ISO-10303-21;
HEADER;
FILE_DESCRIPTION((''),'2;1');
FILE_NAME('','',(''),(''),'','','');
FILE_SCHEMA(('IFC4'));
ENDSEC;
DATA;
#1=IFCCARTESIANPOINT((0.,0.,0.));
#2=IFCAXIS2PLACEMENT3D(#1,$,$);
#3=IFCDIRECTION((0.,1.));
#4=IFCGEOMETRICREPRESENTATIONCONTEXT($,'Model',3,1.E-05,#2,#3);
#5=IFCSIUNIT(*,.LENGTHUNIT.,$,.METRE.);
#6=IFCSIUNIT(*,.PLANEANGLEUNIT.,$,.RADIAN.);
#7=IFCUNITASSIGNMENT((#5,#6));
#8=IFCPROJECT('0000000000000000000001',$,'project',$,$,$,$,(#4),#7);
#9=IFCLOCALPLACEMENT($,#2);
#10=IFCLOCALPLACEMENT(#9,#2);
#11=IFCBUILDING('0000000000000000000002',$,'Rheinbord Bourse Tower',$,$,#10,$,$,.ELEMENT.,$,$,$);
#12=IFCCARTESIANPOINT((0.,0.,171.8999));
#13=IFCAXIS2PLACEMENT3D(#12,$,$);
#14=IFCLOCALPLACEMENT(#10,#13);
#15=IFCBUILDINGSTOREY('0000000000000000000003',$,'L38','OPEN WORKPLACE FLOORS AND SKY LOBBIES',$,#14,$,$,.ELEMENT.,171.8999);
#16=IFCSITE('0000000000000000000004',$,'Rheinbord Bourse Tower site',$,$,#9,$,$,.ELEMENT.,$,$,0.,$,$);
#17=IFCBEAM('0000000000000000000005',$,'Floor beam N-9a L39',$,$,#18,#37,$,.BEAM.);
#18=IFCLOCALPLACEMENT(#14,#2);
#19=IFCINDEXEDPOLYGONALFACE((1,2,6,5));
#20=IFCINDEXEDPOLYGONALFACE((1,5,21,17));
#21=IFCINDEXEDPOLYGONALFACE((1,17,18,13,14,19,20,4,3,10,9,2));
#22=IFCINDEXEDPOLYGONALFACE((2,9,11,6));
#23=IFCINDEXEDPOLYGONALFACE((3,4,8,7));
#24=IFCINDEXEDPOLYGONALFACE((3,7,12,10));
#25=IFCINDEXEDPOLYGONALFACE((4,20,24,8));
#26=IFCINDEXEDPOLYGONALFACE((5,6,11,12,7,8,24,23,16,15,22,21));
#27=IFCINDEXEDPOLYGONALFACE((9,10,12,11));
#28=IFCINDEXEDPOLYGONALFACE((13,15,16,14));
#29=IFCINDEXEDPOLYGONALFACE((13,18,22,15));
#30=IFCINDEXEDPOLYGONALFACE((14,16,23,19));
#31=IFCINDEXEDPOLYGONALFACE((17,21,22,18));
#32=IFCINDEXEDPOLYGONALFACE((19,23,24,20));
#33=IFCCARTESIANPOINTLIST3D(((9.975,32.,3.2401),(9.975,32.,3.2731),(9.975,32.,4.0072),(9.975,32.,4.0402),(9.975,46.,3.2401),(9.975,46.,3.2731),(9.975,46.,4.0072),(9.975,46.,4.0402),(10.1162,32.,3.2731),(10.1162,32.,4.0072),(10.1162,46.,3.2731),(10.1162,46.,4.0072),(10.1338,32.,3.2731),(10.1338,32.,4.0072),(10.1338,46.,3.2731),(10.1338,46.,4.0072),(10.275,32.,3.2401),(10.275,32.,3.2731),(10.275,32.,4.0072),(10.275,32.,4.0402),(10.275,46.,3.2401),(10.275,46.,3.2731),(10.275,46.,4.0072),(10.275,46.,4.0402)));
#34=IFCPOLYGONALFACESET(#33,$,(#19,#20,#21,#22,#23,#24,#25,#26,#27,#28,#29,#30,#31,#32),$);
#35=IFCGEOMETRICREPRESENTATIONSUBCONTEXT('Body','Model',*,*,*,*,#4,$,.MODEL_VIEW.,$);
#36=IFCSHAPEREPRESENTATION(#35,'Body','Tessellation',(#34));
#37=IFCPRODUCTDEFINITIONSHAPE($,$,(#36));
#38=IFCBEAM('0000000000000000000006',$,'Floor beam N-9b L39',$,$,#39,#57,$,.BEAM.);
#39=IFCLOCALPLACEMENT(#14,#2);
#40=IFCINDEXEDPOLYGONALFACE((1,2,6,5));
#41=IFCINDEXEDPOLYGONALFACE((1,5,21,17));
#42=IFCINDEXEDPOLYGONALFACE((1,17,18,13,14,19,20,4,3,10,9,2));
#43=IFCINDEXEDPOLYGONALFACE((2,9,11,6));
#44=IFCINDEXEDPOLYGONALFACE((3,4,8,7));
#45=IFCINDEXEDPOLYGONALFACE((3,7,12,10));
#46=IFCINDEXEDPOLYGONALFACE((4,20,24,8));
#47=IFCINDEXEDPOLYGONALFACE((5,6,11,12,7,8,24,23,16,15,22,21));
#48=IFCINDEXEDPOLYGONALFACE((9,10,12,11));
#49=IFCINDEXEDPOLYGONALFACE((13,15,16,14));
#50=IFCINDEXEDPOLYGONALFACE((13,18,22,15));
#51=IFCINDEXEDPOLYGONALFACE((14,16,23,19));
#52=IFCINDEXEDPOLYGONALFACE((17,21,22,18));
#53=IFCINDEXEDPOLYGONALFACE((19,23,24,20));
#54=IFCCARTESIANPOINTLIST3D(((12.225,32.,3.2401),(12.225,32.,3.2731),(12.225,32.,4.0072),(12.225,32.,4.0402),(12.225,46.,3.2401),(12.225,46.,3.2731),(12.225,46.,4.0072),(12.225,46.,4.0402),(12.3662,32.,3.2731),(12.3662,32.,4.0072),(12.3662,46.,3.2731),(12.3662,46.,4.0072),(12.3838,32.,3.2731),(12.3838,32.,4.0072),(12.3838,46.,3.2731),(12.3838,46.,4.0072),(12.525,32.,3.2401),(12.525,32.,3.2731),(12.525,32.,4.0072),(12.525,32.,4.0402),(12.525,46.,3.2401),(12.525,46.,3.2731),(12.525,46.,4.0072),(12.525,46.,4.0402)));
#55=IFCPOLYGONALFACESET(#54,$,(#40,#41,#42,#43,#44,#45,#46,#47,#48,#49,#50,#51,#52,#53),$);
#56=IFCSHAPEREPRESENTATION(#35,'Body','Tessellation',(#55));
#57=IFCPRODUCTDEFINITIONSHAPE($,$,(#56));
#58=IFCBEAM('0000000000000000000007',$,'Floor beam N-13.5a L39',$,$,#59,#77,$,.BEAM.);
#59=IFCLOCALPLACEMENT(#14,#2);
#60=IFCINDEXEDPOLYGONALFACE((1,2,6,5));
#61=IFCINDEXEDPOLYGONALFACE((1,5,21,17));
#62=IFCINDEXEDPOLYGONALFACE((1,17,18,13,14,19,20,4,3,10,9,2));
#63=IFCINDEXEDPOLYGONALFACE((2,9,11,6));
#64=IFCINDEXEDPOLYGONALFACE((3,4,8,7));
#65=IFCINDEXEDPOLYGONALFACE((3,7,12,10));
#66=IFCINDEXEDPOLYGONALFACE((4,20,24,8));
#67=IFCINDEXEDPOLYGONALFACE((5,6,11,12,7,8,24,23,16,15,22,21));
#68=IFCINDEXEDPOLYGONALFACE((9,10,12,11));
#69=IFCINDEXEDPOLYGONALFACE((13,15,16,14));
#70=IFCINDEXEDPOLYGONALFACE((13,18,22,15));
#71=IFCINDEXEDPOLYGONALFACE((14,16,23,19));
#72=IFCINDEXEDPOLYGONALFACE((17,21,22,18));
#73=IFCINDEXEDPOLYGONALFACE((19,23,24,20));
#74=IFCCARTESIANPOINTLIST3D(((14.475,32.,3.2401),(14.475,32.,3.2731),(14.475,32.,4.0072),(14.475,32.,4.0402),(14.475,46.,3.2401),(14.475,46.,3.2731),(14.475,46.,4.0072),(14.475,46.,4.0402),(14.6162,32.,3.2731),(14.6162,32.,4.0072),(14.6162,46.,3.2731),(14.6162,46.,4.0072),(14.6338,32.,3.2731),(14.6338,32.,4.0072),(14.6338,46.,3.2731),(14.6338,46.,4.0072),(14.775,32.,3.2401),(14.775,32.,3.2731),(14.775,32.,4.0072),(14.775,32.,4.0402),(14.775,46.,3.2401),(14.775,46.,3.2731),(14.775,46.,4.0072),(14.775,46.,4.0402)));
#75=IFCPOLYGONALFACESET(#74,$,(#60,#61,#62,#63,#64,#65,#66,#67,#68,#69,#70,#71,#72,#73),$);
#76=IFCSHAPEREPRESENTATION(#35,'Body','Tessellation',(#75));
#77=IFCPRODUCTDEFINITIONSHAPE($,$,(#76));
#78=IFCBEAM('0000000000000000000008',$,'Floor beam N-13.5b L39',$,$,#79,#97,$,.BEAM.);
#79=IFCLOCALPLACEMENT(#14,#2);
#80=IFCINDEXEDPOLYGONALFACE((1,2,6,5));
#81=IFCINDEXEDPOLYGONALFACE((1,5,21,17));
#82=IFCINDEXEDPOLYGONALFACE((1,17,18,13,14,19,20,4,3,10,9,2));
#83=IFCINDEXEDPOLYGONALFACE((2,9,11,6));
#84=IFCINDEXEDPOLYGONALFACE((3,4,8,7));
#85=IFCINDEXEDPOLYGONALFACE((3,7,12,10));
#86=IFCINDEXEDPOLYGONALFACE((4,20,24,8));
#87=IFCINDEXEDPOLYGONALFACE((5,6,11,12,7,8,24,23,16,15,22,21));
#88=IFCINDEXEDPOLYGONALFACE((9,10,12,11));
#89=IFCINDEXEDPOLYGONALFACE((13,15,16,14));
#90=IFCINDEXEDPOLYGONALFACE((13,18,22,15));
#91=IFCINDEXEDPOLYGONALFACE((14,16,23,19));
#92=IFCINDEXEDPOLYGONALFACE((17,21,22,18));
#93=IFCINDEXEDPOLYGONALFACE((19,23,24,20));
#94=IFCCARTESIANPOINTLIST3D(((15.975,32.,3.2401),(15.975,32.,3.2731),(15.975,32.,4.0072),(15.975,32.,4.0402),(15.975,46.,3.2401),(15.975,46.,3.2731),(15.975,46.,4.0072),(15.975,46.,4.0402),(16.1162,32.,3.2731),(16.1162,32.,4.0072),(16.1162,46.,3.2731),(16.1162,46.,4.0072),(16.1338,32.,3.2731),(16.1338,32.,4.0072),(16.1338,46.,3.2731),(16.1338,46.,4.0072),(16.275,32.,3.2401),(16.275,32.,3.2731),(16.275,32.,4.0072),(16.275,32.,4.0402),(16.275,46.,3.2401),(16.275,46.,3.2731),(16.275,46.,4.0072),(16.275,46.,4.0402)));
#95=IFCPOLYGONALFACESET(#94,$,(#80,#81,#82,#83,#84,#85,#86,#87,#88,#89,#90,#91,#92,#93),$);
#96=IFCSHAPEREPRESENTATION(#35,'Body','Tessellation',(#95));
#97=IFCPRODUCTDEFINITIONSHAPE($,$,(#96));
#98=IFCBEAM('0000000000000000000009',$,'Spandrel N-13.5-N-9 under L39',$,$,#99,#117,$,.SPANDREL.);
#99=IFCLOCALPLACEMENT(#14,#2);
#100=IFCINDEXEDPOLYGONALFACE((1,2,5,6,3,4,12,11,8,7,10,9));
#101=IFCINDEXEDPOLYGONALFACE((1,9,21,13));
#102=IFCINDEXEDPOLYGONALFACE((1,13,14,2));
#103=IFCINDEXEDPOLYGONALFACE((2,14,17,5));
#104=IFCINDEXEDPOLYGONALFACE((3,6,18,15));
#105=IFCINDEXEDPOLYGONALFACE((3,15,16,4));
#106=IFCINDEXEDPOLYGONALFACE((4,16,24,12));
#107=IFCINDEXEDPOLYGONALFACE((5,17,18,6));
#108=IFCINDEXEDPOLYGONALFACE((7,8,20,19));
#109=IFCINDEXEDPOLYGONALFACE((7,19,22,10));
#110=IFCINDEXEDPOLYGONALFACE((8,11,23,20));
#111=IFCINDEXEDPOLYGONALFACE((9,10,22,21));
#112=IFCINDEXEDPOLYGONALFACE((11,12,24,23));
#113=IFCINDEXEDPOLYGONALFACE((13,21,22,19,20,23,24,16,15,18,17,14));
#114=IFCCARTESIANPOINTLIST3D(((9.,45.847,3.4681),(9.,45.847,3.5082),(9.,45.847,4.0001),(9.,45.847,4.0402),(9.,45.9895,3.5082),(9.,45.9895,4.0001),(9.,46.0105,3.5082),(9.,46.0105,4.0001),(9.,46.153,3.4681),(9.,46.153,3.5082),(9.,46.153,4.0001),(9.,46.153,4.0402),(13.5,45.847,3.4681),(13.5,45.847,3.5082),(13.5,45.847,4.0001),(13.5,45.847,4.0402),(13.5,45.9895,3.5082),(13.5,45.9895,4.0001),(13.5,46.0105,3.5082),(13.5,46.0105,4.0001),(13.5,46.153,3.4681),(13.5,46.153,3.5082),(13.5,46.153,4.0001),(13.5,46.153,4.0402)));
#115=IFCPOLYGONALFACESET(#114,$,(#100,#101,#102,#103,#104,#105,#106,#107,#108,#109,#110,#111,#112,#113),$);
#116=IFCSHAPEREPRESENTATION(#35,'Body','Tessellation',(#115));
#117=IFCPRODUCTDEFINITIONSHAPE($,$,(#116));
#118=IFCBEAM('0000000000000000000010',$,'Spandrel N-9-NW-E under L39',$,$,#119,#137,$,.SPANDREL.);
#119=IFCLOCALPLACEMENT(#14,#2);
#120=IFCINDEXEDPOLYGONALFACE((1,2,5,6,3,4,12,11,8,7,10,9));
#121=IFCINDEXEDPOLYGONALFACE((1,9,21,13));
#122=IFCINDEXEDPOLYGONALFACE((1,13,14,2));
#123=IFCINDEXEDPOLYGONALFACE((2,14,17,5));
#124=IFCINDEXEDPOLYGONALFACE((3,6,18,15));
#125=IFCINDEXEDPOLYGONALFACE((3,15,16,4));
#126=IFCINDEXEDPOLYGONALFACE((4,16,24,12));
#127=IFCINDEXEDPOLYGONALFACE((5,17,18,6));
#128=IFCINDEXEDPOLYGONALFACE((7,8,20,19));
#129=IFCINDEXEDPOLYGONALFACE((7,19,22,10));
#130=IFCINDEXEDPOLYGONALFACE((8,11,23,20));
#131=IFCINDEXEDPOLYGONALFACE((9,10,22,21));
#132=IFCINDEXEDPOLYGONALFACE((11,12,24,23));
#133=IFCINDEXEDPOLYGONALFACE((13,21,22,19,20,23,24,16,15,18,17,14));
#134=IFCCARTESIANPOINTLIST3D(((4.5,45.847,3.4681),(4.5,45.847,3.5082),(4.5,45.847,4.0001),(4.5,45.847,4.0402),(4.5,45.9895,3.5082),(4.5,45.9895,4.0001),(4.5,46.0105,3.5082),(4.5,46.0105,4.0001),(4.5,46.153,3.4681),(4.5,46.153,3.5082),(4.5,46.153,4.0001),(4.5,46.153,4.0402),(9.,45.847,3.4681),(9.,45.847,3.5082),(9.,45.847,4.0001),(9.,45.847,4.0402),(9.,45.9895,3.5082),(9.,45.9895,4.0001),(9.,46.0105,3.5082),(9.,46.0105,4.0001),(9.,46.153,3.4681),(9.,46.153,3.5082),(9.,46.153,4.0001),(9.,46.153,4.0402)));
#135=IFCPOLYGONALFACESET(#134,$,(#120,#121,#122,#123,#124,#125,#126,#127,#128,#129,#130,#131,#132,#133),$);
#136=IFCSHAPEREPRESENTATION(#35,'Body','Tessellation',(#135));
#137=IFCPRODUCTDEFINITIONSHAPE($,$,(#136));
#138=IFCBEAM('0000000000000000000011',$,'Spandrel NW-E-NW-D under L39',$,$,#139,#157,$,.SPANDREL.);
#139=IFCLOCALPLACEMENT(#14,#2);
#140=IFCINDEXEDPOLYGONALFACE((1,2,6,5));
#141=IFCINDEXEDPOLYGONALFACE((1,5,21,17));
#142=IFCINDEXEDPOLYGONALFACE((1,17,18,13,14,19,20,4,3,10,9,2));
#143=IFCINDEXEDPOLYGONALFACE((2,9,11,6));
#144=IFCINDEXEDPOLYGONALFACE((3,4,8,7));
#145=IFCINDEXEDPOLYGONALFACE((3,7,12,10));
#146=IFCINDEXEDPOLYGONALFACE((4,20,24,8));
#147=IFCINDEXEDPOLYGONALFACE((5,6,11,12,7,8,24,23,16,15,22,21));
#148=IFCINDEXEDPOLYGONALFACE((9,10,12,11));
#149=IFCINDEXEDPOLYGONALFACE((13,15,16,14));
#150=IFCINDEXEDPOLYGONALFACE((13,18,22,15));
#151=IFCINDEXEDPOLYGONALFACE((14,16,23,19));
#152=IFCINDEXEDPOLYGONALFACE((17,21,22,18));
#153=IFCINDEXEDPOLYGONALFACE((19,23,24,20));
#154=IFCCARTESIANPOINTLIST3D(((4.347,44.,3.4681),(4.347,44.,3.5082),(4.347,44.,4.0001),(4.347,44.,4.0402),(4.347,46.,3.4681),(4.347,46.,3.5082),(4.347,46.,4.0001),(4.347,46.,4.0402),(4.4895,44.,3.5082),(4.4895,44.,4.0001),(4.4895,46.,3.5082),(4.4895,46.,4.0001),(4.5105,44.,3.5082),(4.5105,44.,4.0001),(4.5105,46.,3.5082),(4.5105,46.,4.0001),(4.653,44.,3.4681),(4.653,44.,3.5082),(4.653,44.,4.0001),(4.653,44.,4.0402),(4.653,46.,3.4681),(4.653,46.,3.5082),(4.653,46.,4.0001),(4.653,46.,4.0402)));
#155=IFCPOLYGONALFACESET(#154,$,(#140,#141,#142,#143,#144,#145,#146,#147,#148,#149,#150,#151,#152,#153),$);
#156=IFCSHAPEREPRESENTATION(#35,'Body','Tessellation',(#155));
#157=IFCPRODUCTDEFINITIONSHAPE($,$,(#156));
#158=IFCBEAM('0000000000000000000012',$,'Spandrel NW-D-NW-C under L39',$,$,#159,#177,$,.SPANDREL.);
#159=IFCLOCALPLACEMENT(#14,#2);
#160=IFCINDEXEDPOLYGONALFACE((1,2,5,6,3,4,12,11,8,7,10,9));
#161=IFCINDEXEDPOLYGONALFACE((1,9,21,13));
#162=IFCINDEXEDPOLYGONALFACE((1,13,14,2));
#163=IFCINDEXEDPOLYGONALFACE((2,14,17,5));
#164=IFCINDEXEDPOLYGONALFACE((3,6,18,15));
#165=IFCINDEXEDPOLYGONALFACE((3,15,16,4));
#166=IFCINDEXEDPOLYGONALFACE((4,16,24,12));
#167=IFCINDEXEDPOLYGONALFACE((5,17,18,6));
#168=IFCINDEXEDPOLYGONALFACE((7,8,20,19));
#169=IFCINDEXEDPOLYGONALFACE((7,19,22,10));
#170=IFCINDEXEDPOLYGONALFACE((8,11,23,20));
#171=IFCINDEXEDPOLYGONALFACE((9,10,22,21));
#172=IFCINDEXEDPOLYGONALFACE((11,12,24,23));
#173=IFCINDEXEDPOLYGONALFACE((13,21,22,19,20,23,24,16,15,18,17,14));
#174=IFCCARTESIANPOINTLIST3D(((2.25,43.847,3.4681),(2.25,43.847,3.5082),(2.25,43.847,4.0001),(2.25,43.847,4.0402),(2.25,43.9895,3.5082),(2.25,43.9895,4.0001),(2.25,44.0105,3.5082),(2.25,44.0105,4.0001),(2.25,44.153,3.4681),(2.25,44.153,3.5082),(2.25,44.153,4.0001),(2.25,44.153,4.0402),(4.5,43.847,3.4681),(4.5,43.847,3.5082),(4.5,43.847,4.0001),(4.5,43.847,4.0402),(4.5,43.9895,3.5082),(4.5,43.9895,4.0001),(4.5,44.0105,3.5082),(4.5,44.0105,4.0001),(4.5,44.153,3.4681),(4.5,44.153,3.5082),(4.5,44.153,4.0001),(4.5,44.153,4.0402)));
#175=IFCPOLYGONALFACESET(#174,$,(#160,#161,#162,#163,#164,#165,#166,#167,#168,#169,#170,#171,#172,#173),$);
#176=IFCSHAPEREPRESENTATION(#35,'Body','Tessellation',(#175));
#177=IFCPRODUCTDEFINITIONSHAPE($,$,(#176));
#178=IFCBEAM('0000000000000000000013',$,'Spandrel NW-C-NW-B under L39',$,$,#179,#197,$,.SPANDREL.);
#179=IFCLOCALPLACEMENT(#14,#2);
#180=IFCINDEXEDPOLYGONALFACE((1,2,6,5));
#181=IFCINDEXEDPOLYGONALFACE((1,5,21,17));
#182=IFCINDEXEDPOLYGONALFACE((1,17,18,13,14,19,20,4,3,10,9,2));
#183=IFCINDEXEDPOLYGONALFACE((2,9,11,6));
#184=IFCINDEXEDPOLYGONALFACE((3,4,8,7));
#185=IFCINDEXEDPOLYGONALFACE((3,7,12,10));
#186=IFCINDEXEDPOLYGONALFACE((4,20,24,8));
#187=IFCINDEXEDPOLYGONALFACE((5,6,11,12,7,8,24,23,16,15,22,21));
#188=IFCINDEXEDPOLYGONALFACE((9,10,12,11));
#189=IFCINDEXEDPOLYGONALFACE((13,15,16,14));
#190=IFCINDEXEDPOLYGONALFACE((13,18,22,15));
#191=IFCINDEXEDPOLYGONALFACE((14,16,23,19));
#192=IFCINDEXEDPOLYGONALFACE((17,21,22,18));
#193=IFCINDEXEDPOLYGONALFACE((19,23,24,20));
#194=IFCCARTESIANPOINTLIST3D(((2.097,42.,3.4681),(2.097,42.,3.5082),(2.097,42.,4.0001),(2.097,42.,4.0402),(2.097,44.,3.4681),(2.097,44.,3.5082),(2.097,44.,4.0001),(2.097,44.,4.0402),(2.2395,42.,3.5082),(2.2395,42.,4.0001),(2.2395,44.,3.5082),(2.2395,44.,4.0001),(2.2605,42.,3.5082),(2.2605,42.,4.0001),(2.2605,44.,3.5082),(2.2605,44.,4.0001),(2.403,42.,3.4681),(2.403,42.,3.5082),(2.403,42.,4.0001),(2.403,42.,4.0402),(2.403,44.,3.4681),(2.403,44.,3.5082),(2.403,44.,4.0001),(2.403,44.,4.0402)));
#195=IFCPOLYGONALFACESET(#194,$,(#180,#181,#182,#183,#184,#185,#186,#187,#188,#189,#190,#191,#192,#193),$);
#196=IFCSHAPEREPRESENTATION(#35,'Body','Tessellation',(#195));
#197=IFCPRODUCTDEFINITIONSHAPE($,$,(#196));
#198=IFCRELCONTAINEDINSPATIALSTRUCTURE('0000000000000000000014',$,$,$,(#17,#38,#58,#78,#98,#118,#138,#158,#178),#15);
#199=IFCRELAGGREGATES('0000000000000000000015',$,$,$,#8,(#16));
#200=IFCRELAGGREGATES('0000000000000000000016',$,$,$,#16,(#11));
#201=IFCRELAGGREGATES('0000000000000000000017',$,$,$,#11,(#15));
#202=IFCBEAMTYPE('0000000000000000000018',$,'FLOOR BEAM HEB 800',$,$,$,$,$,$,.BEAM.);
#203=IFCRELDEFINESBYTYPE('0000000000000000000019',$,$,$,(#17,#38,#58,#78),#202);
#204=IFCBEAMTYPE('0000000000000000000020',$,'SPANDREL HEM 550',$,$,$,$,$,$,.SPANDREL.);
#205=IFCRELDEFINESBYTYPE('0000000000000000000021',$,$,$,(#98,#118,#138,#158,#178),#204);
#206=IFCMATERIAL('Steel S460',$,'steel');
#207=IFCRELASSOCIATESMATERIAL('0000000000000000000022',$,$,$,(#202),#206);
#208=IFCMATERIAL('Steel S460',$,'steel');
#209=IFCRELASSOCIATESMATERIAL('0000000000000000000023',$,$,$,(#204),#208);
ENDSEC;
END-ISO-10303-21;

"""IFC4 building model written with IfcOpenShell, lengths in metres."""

from ifc_helpers import new_model, si_unit, direction, frame, origin, origin_2d, place, context, subcontext, project, spatial, i_section, extrude, material, material_profile, profile_set, type_object, element, save


model = new_model("IFC4")

# Units and contexts
model_context = context("Model", 3, precision=1e-05, world=origin(), true_north=direction((0.0, 1.0)))
body_context = subcontext(model_context, "Body", "Model", "MODEL_VIEW")
ifc_project = project(units=[si_unit("LENGTHUNIT", "METRE"), si_unit("PLANEANGLEUNIT", "RADIAN")], contexts=[model_context])

# Site, building, storey
site_placement = place(None, origin())
site = spatial("IfcSite", under=ifc_project, at=site_placement, Name="Rheinbord Bourse Tower site", CompositionType="ELEMENT", RefElevation=0.0)
building_placement = place(site_placement, origin())
building = spatial("IfcBuilding", under=site, at=building_placement, Name="Rheinbord Bourse Tower", CompositionType="ELEMENT")
storey_placement = place(building_placement, frame((0.0, 0.0, 171.8999)))
storey = spatial("IfcBuildingStorey", under=building, at=storey_placement, Name="L38", Description="OPEN WORKPLACE FLOORS AND SKY LOBBIES", CompositionType="ELEMENT", Elevation=171.8999)

# Beams
ifc_material_1 = material(Name="Steel S460", Category="steel")
ifc_material_profile_1 = material_profile(ifc_material_1, i_section(OverallWidth=0.3, OverallDepth=0.8, WebThickness=0.0176, FlangeThickness=0.033, at=origin_2d()), Name="HEB 800")
ifc_profile_set_1 = profile_set([ifc_material_profile_1], Name="Steel S460")
beam_type_1 = type_object("IfcBeamType", Name="FLOOR BEAM HEB 800", PredefinedType="BEAM", material=ifc_profile_set_1)
for number, where, z_axis, x_axis, name in (
    (1, (10.125, 46.0, 3.6401), (0.0, -1.0, 0.0), (1.0, 0.0, 0.0), "Floor beam N-9a L39"),
    (2, (12.375, 46.0, 3.6401), (0.0, -1.0, 0.0), (1.0, 0.0, 0.0), "Floor beam N-9b L39"),
    (3, (14.625, 46.0, 3.6401), (0.0, -1.0, 0.0), (1.0, 0.0, 0.0), "Floor beam N-13.5a L39"),
    (4, (16.125, 46.0, 3.6401), (0.0, -1.0, 0.0), (1.0, 0.0, 0.0), "Floor beam N-13.5b L39"),
):
    element("IfcBeam", number, at=place(storey_placement, frame(where, z_axis=z_axis, x_axis=x_axis)), inside=storey, type_object=beam_type_1, Name=name, PredefinedType="BEAM", context=body_context, shape_type="SweptSolid", body=[
        extrude(i_section(OverallWidth=0.3, OverallDepth=0.8, WebThickness=0.0176, FlangeThickness=0.033, at=origin_2d()), origin(), (0.0, 0.0, 1.0), 14.0),
    ])
ifc_material_2 = material(Name="Steel S460", Category="steel")
ifc_material_profile_2 = material_profile(ifc_material_2, i_section(OverallWidth=0.3059, OverallDepth=0.572, WebThickness=0.021, FlangeThickness=0.04, at=origin_2d()), Name="HEM 550")
ifc_profile_set_2 = profile_set([ifc_material_profile_2], Name="Steel S460")
beam_type_2 = type_object("IfcBeamType", Name="SPANDREL HEM 550", PredefinedType="SPANDREL", material=ifc_profile_set_2)
for number, where, z_axis, x_axis, name in (
    (5, (13.5, 46.0, 3.7542), (-1.0, 0.0, 0.0), (0.0, -1.0, 0.0), "Spandrel N-13.5-N-9 under L39"),
    (6, (9.0, 46.0, 3.7542), (-1.0, 0.0, 0.0), (0.0, -1.0, 0.0), "Spandrel N-9-NW-E under L39"),
):
    element("IfcBeam", number, at=place(storey_placement, frame(where, z_axis=z_axis, x_axis=x_axis)), inside=storey, type_object=beam_type_2, Name=name, PredefinedType="SPANDREL", context=body_context, shape_type="SweptSolid", body=[
        extrude(i_section(OverallWidth=0.3059, OverallDepth=0.572, WebThickness=0.021, FlangeThickness=0.04, at=origin_2d()), origin(), (0.0, 0.0, 1.0), 4.5),
    ])
beam_1_placement = place(storey_placement, frame((4.5, 46.0, 3.7542), z_axis=(0.0, -1.0, 0.0), x_axis=(1.0, 0.0, 0.0)))
element("IfcBeam", 7, at=beam_1_placement, inside=storey, type_object=beam_type_2, Name="Spandrel NW-E-NW-D under L39", PredefinedType="SPANDREL", context=body_context, shape_type="SweptSolid", body=[
    extrude(i_section(OverallWidth=0.3059, OverallDepth=0.572, WebThickness=0.021, FlangeThickness=0.04, at=origin_2d()), origin(), (0.0, 0.0, 1.0), 2.0),
])
beam_2_placement = place(storey_placement, frame((4.5, 44.0, 3.7542), z_axis=(-1.0, 0.0, 0.0), x_axis=(0.0, -1.0, 0.0)))
element("IfcBeam", 8, at=beam_2_placement, inside=storey, type_object=beam_type_2, Name="Spandrel NW-D-NW-C under L39", PredefinedType="SPANDREL", context=body_context, shape_type="SweptSolid", body=[
    extrude(i_section(OverallWidth=0.3059, OverallDepth=0.572, WebThickness=0.021, FlangeThickness=0.04, at=origin_2d()), origin(), (0.0, 0.0, 1.0), 2.25),
])
beam_3_placement = place(storey_placement, frame((2.25, 44.0, 3.7542), z_axis=(0.0, -1.0, 0.0), x_axis=(1.0, 0.0, 0.0)))
element("IfcBeam", 9, at=beam_3_placement, inside=storey, type_object=beam_type_2, Name="Spandrel NW-C-NW-B under L39", PredefinedType="SPANDREL", context=body_context, shape_type="SweptSolid", body=[
    extrude(i_section(OverallWidth=0.3059, OverallDepth=0.572, WebThickness=0.021, FlangeThickness=0.04, at=origin_2d()), origin(), (0.0, 0.0, 1.0), 2.0),
])

save(model, "model.ifc")
